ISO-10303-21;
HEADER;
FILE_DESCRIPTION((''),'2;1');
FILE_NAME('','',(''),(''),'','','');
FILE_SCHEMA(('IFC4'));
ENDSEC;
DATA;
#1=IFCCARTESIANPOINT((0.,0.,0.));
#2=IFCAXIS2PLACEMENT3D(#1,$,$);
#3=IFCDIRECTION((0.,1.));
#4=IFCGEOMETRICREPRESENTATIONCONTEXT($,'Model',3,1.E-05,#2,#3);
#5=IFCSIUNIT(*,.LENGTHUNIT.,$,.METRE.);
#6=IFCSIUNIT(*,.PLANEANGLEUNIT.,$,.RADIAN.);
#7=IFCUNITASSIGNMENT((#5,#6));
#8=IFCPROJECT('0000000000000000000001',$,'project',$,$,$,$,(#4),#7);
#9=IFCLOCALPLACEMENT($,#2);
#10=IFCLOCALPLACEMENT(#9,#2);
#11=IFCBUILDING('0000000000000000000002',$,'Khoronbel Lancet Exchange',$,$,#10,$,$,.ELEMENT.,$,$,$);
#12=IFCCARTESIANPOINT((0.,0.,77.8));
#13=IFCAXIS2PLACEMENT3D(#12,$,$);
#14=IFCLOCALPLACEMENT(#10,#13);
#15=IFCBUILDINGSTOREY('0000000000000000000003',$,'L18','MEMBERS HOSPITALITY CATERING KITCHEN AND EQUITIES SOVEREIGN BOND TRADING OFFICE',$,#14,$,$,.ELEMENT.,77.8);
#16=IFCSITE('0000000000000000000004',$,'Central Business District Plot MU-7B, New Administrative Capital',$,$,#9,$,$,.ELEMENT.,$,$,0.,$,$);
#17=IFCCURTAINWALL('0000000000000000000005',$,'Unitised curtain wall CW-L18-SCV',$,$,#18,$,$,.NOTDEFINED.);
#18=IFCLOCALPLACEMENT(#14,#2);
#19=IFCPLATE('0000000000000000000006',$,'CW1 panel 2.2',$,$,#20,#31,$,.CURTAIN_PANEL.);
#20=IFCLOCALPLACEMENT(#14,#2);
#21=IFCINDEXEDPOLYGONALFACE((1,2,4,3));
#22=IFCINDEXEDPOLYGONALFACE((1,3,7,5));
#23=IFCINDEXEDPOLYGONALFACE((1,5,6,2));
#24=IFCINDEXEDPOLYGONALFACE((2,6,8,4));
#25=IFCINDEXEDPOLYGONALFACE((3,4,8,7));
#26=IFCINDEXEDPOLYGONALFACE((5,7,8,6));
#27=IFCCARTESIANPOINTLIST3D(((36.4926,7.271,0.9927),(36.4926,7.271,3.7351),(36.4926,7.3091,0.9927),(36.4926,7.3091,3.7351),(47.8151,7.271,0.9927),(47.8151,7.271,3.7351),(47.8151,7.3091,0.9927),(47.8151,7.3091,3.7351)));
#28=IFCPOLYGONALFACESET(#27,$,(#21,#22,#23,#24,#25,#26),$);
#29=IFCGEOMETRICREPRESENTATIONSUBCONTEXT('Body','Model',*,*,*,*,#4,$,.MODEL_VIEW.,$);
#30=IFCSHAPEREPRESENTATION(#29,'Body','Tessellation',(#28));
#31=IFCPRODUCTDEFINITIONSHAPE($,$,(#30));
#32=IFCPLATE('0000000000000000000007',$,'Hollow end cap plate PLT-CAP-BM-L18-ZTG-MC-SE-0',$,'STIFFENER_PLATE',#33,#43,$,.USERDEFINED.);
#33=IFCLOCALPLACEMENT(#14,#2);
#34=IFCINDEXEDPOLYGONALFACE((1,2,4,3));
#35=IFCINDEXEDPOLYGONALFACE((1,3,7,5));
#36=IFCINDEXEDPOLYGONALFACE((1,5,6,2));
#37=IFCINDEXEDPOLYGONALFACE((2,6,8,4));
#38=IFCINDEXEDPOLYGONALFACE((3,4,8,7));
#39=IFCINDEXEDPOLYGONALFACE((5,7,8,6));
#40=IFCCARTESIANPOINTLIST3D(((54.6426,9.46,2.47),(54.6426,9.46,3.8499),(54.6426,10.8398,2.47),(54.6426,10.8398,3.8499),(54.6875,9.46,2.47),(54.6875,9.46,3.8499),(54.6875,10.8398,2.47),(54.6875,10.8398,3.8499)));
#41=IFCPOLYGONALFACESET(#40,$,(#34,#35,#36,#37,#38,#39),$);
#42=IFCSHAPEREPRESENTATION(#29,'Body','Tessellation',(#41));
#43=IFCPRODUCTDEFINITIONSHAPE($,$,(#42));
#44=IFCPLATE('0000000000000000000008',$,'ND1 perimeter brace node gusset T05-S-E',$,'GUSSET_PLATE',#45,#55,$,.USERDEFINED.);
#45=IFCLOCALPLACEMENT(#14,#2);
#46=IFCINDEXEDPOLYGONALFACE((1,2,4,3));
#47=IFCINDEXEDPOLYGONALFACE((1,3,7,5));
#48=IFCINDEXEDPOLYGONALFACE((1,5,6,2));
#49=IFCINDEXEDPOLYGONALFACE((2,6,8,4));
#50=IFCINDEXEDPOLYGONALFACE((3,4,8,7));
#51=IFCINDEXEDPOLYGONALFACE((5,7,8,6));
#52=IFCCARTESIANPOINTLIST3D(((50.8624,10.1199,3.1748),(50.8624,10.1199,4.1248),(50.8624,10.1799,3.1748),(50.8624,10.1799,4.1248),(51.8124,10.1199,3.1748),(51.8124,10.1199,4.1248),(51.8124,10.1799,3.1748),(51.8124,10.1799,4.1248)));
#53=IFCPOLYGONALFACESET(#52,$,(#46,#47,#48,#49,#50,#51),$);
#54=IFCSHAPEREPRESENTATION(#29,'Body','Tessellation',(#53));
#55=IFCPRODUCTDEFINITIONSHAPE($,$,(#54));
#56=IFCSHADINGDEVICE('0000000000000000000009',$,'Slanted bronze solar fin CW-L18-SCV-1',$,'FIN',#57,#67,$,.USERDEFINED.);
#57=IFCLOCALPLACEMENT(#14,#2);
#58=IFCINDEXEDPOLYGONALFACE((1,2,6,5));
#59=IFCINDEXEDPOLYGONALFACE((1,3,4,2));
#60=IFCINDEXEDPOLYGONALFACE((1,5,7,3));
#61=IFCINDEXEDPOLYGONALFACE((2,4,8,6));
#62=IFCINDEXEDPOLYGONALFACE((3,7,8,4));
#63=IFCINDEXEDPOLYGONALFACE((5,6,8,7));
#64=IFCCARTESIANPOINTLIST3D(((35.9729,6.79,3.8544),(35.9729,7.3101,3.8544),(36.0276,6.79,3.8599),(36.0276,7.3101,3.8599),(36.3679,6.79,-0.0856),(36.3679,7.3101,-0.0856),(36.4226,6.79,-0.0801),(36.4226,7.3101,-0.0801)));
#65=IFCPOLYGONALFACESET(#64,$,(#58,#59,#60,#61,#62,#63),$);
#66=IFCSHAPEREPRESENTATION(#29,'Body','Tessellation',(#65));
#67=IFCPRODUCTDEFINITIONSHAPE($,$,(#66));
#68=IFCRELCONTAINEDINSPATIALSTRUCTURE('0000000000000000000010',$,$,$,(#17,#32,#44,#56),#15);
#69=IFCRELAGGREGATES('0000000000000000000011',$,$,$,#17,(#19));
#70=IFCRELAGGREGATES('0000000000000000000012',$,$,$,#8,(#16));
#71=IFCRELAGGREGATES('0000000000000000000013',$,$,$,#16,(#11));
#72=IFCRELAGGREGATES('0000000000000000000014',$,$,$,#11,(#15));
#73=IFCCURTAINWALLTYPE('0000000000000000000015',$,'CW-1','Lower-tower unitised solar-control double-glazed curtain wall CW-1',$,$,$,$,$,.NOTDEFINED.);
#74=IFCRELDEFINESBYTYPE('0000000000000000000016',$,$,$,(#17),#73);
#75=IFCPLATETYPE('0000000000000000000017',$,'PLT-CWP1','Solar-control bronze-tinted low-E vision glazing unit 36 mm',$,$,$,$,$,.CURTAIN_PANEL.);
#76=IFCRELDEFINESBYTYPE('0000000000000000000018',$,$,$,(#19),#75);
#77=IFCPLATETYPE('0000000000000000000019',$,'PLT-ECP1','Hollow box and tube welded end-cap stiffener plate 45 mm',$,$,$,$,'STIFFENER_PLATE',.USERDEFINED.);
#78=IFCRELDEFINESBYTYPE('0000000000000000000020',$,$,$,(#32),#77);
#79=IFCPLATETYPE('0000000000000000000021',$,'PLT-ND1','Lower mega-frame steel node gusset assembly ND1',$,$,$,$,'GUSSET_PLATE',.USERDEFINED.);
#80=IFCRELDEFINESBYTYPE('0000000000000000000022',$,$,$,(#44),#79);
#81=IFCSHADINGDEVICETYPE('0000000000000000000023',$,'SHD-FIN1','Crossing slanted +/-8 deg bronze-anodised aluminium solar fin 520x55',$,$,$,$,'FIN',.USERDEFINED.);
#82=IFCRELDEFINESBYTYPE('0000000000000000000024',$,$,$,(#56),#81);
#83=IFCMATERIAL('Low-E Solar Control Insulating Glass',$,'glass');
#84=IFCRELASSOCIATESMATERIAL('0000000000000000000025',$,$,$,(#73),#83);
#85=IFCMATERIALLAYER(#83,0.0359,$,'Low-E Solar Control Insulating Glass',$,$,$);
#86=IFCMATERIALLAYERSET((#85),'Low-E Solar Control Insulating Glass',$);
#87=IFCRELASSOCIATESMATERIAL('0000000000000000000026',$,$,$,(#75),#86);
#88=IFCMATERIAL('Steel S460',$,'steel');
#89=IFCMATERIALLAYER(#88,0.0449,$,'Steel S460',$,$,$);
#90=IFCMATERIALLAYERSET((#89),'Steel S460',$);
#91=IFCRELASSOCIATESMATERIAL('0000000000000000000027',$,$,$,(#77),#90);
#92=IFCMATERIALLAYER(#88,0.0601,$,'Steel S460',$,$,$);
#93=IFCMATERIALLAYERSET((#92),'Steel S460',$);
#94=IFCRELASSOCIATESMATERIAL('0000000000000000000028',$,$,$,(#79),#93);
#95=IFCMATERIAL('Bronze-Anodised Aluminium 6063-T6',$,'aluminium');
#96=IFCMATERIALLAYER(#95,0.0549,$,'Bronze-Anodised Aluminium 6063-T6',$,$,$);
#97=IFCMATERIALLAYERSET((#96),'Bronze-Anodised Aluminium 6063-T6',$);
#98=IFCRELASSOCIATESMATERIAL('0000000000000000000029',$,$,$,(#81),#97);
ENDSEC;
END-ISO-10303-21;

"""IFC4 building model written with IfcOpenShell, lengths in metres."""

from ifc_helpers import new_model, si_unit, direction, frame, origin, origin_2d, place, context, subcontext, project, spatial, polyline, rectangle, outline, extrude, material, layer, layer_set, type_object, element, aggregate, save


model = new_model("IFC4")

# Units and contexts
model_context = context("Model", 3, precision=1e-05, world=origin(), true_north=direction((0.0, 1.0)))
body_context = subcontext(model_context, "Body", "Model", "MODEL_VIEW")
ifc_project = project(units=[si_unit("LENGTHUNIT", "METRE"), si_unit("PLANEANGLEUNIT", "RADIAN")], contexts=[model_context])

# Site, building, storey
site_placement = place(None, origin())
site = spatial("IfcSite", under=ifc_project, at=site_placement, Name="Central Business District Plot MU-7B, New Administrative Capital", CompositionType="ELEMENT", RefElevation=0.0)
building_placement = place(site_placement, origin())
building = spatial("IfcBuilding", under=site, at=building_placement, Name="Khoronbel Lancet Exchange", CompositionType="ELEMENT")
storey_placement = place(building_placement, frame((0.0, 0.0, 77.8)))
storey = spatial("IfcBuildingStorey", under=building, at=storey_placement, Name="L18", Description="MEMBERS HOSPITALITY CATERING KITCHEN AND EQUITIES SOVEREIGN BOND TRADING OFFICE", CompositionType="ELEMENT", Elevation=77.8)

# Shared definitions
ifc_material_1 = material(Name="Steel S460", Category="steel")

# Curtain wall
ifc_material_2 = material(Name="Low-E Solar Control Insulating Glass", Category="glass")
curtain_wall_type = type_object("IfcCurtainWallType", Name="CW-1", Description="Lower-tower unitised solar-control double-glazed curtain wall CW-1", PredefinedType="NOTDEFINED", material=ifc_material_2)
curtain_wall_1_placement = place(storey_placement, origin())
curtain_wall_1 = element("IfcCurtainWall", 1, at=curtain_wall_1_placement, inside=storey, type_object=curtain_wall_type, Name="Unitised curtain wall CW-L18-SCV", PredefinedType="NOTDEFINED")
ifc_material_3 = material(Name="Bronze-Anodised Aluminium 6063-T6", Category="aluminium")

# Plate
ifc_layer_1 = layer(ifc_material_2, 0.0359, Name="Low-E Solar Control Insulating Glass")
ifc_layer_set_1 = layer_set([ifc_layer_1], Name="Low-E Solar Control Insulating Glass")
plate_type_1 = type_object("IfcPlateType", Name="PLT-CWP1", Description="Solar-control bronze-tinted low-E vision glazing unit 36 mm", PredefinedType="CURTAIN_PANEL", material=ifc_layer_set_1)
plate_1_placement = place(storey_placement, frame((42.1538, 7.29, 0.9927), z_axis=(0.0, 0.0, 1.0), x_axis=(1.0, 0.0, 0.0)))
plate_1 = element("IfcPlate", 2, at=plate_1_placement, type_object=plate_type_1, Name="CW1 panel 2.2", PredefinedType="CURTAIN_PANEL", context=body_context, shape_type="SweptSolid", body=[
    extrude(rectangle(XDim=11.3225, YDim=0.0381, at=origin_2d()), origin(), (0.0, 0.0, 1.0), 2.7424),
])
aggregate(curtain_wall_1, [plate_1])

# Plates
ifc_layer_2 = layer(ifc_material_1, 0.0449, Name="Steel S460")
ifc_layer_set_2 = layer_set([ifc_layer_2], Name="Steel S460")
plate_type_2 = type_object("IfcPlateType", Name="PLT-ECP1", Description="Hollow box and tube welded end-cap stiffener plate 45 mm", ElementType="STIFFENER_PLATE", PredefinedType="USERDEFINED", material=ifc_layer_set_2)
plate_2_placement = place(storey_placement, frame((54.665, 10.1499, 2.47), z_axis=(0.0, 0.0, 1.0), x_axis=(-1.0, 0.0, 0.0)))
element("IfcPlate", 3, at=plate_2_placement, inside=storey, type_object=plate_type_2, Name="Hollow end cap plate PLT-CAP-BM-L18-ZTG-MC-SE-0", ObjectType="STIFFENER_PLATE", PredefinedType="USERDEFINED", context=body_context, shape_type="SweptSolid", body=[
    extrude(rectangle(XDim=0.0449, YDim=1.3799, at=origin_2d()), origin(), (0.0, 0.0, 1.0), 1.3799),
])
ifc_layer_3 = layer(ifc_material_1, 0.0601, Name="Steel S460")
ifc_layer_set_3 = layer_set([ifc_layer_3], Name="Steel S460")
plate_type_3 = type_object("IfcPlateType", Name="PLT-ND1", Description="Lower mega-frame steel node gusset assembly ND1", ElementType="GUSSET_PLATE", PredefinedType="USERDEFINED", material=ifc_layer_set_3)
plate_3_placement = place(storey_placement, frame((51.3374, 10.1499, 3.1748), z_axis=(0.0, 0.0, 1.0), x_axis=(1.0, 0.0, 0.0)))
element("IfcPlate", 4, at=plate_3_placement, inside=storey, type_object=plate_type_3, Name="ND1 perimeter brace node gusset T05-S-E", ObjectType="GUSSET_PLATE", PredefinedType="USERDEFINED", context=body_context, shape_type="SweptSolid", body=[
    extrude(rectangle(XDim=0.95, YDim=0.0601, at=origin_2d()), origin(), (0.0, 0.0, 1.0), 0.95),
])

# Shading device
ifc_layer_4 = layer(ifc_material_3, 0.0549, Name="Bronze-Anodised Aluminium 6063-T6")
ifc_layer_set_4 = layer_set([ifc_layer_4], Name="Bronze-Anodised Aluminium 6063-T6")
shading_device_type = type_object("IfcShadingDeviceType", Name="SHD-FIN1", Description="Crossing slanted +/-8 deg bronze-anodised aluminium solar fin 520x55", ElementType="FIN", PredefinedType="USERDEFINED", material=ifc_layer_set_4)
shading_device_placement = place(storey_placement, frame((36.4226, 7.3101, -0.0801), z_axis=(0.995012, 0.0, 0.09976), x_axis=(0.0, -1.0, 0.0)))
element("IfcShadingDevice", 5, at=shading_device_placement, inside=storey, type_object=shading_device_type, Name="Slanted bronze solar fin CW-L18-SCV-1", ObjectType="FIN", PredefinedType="USERDEFINED", context=body_context, shape_type="SweptSolid", body=[
    extrude(outline(polyline([(0.0, 0.0), (0.52, 0.0), (0.52, -3.9597), (0.0, -3.9597), (0.0, 0.0)])), origin(), (0.0, 0.0, -1.0), 0.0549),
])

save(model, "model.ifc")
